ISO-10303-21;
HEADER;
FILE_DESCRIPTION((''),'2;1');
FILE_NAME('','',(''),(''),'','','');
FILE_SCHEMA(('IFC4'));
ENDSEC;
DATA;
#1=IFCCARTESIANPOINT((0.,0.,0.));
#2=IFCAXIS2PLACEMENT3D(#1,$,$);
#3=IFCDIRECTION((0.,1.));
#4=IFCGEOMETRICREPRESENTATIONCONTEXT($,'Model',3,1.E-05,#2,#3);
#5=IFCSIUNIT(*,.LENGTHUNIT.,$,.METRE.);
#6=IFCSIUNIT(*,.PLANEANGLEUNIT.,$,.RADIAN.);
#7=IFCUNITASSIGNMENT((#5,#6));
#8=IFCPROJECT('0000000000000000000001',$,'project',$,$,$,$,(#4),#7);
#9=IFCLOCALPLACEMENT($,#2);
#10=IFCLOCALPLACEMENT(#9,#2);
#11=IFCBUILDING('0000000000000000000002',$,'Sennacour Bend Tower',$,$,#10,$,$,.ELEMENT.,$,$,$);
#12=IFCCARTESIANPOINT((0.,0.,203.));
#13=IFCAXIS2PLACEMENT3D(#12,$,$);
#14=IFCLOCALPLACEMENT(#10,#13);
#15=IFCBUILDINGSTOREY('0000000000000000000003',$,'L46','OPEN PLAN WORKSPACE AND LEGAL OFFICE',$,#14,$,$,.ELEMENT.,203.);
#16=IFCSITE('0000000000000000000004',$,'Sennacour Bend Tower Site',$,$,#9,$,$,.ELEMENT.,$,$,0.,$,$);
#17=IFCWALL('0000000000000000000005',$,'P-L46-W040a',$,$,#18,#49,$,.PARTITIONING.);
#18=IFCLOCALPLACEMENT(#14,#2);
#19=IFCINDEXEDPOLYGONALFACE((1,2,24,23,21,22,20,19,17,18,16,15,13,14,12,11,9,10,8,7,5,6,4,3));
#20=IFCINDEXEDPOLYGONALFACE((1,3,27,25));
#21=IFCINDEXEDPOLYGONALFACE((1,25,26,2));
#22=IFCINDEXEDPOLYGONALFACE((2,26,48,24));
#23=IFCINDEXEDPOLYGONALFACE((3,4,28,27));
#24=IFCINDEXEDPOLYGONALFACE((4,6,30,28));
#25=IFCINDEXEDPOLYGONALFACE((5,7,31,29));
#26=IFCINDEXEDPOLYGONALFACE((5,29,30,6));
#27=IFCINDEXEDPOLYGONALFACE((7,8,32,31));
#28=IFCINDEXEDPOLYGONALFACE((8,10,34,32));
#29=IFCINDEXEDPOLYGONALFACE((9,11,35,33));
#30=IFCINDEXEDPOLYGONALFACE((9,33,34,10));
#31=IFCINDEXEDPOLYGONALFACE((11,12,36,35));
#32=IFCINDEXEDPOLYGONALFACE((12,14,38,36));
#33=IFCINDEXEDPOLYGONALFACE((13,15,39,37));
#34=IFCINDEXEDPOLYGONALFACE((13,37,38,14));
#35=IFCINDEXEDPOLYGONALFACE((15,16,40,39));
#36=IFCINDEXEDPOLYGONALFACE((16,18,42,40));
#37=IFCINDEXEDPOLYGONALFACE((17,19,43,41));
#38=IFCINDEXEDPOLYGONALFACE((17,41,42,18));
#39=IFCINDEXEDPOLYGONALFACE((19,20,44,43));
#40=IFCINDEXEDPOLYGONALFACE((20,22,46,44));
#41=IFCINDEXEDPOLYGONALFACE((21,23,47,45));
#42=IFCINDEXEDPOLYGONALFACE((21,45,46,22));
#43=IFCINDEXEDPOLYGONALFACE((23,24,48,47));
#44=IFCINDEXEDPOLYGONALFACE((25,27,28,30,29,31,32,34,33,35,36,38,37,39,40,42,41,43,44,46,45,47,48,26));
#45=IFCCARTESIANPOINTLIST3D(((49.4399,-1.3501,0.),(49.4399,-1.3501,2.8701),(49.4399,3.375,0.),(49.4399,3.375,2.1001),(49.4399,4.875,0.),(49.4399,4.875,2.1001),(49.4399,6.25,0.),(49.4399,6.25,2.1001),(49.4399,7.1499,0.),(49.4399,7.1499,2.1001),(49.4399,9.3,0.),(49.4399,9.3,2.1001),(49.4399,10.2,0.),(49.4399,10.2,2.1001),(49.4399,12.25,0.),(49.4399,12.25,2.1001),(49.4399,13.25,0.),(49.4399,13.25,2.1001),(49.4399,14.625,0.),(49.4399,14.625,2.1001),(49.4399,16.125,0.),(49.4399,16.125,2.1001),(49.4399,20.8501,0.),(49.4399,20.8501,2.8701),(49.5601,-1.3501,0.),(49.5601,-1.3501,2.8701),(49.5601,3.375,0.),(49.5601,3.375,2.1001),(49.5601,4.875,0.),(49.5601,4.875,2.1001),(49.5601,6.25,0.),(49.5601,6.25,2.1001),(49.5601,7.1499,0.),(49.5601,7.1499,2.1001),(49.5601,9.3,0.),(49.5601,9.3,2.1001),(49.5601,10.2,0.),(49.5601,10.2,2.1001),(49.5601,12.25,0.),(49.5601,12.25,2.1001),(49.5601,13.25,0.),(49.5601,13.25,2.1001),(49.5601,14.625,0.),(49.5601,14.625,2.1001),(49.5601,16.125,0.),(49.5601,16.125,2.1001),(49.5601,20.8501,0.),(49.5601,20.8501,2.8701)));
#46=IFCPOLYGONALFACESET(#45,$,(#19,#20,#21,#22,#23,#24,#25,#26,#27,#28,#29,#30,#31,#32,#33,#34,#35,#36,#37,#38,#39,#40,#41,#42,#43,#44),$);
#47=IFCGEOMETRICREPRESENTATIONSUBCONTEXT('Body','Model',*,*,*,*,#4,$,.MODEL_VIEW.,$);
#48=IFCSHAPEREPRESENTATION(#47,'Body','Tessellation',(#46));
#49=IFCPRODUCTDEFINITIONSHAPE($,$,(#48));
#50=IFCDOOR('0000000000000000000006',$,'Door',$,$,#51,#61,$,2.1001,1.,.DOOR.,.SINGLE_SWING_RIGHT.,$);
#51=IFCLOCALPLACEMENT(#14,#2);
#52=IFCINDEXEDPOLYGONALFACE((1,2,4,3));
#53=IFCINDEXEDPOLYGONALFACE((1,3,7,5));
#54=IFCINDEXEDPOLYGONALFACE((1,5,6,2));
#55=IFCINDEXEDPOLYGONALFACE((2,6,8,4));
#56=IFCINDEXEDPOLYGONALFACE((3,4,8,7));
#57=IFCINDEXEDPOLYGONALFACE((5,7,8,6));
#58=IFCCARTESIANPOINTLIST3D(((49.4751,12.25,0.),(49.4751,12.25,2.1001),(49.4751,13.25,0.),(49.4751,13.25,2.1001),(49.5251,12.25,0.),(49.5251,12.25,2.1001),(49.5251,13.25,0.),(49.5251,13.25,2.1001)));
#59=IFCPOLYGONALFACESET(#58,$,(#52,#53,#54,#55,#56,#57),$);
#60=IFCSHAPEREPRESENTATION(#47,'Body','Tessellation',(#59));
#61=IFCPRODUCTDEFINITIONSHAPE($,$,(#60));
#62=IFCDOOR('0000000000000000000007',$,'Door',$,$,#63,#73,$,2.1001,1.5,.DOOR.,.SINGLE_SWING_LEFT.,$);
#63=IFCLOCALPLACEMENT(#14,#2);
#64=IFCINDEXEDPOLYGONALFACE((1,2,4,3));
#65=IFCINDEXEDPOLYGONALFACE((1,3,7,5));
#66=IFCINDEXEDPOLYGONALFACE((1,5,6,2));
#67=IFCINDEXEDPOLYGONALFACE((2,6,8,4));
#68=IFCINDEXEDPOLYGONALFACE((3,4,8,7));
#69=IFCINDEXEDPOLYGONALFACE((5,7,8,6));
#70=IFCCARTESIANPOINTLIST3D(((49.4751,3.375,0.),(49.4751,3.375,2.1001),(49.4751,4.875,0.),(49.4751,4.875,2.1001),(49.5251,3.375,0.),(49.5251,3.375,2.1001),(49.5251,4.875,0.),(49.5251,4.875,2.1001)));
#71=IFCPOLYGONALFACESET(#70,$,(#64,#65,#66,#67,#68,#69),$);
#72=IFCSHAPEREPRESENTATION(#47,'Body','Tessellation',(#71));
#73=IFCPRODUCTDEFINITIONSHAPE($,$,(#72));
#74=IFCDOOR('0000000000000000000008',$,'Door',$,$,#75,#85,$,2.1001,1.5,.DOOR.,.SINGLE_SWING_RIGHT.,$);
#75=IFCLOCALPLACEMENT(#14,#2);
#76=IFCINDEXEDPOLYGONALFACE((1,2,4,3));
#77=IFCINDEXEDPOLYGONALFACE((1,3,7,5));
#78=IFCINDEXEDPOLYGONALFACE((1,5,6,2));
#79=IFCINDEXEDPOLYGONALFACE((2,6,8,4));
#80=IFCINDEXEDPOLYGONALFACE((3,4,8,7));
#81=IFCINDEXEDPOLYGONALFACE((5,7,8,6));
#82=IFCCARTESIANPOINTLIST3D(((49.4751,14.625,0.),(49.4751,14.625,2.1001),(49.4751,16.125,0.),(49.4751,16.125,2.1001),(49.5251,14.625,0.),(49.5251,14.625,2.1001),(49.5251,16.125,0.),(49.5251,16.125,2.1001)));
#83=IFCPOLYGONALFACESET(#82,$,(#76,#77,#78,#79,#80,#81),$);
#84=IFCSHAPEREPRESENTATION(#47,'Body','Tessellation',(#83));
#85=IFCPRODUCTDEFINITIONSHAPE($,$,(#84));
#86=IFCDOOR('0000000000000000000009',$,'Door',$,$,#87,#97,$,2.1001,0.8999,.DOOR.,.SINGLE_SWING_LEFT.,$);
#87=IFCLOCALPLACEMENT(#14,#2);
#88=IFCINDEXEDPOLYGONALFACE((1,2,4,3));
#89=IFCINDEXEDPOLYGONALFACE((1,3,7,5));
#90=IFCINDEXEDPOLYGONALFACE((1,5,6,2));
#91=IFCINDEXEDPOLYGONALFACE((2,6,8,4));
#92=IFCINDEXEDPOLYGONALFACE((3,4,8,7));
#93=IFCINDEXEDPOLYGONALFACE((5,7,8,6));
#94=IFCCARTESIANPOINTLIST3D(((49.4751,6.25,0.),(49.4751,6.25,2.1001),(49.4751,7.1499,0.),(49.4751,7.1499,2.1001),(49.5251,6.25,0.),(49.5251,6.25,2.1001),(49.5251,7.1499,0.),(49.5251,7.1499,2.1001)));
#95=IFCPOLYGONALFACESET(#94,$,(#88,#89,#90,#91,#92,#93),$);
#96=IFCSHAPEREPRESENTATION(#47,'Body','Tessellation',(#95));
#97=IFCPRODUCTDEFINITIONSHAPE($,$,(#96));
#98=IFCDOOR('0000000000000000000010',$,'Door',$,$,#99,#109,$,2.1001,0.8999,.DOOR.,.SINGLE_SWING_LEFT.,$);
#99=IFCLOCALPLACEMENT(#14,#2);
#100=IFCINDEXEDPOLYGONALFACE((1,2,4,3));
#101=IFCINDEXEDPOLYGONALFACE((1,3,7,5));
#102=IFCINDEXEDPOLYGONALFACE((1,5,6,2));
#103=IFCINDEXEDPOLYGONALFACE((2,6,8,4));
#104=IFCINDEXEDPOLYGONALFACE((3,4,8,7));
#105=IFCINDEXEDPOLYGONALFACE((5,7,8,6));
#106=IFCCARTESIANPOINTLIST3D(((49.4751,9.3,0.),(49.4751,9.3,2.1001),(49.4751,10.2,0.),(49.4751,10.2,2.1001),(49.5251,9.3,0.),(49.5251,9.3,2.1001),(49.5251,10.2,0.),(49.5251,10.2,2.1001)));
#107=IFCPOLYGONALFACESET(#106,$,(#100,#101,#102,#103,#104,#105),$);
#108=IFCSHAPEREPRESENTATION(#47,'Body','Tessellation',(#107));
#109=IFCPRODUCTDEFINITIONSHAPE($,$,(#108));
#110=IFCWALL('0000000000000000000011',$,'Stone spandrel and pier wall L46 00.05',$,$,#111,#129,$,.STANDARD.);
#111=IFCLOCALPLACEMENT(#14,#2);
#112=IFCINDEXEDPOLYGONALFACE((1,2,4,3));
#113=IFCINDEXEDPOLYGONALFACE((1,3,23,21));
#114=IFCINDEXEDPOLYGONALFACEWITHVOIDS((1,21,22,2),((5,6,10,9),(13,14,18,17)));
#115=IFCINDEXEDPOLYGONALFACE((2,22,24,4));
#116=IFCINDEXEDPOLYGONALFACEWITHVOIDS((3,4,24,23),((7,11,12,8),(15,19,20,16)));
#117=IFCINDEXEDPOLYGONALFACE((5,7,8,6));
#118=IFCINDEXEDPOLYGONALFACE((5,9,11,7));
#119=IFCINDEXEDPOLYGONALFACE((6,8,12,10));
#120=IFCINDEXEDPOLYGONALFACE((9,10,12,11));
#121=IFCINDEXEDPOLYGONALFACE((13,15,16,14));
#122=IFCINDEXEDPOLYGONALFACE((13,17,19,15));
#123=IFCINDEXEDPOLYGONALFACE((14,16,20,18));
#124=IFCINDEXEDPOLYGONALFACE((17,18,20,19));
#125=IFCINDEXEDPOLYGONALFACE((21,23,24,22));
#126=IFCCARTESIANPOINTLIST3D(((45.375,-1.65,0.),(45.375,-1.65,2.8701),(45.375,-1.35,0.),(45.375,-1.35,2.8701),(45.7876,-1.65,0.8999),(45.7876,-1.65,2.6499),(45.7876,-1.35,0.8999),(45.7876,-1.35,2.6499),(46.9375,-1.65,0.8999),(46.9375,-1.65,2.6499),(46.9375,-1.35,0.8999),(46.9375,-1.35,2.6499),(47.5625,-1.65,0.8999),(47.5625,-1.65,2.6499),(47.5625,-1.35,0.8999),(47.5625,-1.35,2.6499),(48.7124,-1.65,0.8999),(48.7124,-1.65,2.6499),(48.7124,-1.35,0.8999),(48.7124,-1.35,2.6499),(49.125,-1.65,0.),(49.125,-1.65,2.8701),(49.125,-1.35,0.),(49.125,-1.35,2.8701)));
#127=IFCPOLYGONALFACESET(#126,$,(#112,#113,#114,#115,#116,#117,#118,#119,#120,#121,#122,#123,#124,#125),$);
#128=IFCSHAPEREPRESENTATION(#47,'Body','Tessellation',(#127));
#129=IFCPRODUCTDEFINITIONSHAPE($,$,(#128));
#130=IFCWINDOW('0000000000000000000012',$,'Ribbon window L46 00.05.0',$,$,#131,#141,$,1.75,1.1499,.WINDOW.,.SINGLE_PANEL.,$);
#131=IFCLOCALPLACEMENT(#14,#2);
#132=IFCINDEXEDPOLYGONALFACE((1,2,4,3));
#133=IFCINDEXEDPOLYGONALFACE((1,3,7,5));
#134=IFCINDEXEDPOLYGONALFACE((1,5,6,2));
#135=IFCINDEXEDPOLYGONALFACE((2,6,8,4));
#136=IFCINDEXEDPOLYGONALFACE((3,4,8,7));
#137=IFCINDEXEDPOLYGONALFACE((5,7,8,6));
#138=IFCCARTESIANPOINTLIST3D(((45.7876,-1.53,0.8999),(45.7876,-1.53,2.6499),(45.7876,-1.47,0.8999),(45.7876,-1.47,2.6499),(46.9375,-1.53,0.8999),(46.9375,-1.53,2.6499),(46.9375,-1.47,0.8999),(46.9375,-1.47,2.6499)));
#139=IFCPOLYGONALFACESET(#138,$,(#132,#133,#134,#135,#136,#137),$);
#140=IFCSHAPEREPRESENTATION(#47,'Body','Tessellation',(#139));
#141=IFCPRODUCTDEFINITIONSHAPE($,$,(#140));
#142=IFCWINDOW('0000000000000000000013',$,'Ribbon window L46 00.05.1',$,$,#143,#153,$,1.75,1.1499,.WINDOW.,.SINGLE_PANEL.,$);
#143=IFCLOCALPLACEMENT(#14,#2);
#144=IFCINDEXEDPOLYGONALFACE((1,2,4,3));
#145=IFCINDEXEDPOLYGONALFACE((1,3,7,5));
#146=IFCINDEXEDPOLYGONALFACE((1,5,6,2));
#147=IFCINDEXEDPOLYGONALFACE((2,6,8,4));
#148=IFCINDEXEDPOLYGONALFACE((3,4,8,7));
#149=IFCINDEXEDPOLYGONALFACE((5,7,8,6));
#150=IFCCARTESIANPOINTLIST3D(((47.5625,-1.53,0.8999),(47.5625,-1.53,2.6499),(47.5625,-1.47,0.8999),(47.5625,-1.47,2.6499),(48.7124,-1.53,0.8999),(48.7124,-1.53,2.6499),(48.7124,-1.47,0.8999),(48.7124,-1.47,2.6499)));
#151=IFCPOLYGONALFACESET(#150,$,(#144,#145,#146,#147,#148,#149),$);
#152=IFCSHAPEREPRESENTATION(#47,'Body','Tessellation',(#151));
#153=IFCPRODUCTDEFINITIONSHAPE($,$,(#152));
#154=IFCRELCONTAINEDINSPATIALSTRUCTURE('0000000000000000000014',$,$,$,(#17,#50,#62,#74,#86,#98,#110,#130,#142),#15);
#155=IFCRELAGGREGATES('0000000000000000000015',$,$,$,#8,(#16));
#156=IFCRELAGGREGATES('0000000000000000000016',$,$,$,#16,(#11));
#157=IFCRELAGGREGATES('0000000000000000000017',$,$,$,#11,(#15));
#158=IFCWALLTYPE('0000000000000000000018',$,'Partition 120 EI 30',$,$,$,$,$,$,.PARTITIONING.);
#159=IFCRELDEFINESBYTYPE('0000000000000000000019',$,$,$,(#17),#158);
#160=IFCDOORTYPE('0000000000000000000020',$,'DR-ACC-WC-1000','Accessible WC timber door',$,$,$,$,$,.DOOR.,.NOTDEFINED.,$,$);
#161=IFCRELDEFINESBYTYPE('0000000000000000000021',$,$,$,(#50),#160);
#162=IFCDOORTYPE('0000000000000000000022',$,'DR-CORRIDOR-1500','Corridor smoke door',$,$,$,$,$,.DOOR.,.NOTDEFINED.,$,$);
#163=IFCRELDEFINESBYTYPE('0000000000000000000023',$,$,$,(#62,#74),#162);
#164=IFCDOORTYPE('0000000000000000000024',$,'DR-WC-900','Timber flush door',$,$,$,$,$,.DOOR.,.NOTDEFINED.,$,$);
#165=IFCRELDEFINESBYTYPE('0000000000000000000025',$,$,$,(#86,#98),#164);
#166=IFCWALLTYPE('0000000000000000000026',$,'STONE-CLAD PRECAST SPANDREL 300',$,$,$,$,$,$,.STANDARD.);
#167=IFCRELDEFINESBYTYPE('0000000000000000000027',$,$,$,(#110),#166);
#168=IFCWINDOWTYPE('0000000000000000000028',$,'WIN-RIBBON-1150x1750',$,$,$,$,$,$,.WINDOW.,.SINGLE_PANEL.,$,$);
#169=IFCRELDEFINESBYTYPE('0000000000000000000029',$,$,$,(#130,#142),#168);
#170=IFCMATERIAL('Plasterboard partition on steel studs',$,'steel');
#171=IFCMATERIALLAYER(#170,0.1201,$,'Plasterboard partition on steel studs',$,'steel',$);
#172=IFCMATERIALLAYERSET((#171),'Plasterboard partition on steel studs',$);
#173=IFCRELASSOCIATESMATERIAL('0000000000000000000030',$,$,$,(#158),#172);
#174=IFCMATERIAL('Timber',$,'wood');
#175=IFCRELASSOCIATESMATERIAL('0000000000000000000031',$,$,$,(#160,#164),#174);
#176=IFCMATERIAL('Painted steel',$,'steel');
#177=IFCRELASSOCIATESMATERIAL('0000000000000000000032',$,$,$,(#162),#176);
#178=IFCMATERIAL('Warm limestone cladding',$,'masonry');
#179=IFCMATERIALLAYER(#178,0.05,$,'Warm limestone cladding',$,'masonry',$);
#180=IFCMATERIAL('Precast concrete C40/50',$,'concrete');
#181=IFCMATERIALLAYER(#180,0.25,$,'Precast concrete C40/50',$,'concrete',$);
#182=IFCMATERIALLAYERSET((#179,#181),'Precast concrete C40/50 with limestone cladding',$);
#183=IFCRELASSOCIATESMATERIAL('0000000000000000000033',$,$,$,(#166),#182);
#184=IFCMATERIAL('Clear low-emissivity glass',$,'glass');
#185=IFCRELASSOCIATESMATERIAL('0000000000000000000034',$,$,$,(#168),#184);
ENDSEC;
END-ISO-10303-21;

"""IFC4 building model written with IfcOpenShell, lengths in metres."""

from ifc_helpers import new_model, si_unit, direction, frame, frame_2d, origin, place, context, subcontext, project, spatial, rectangle, extrude, material, layer, layer_set, type_object, element, fill, save


model = new_model("IFC4")

# Units and contexts
model_context = context("Model", 3, precision=1e-05, world=origin(), true_north=direction((0.0, 1.0)))
body_context = subcontext(model_context, "Body", "Model", "MODEL_VIEW")
ifc_project = project(units=[si_unit("LENGTHUNIT", "METRE"), si_unit("PLANEANGLEUNIT", "RADIAN")], contexts=[model_context])

# Site, building, storey
site_placement = place(None, origin())
site = spatial("IfcSite", under=ifc_project, at=site_placement, Name="Sennacour Bend Tower Site", CompositionType="ELEMENT", RefElevation=0.0)
building_placement = place(site_placement, origin())
building = spatial("IfcBuilding", under=site, at=building_placement, Name="Sennacour Bend Tower", CompositionType="ELEMENT")
storey_placement = place(building_placement, frame((0.0, 0.0, 203.0)))
storey = spatial("IfcBuildingStorey", under=building, at=storey_placement, Name="L46", Description="OPEN PLAN WORKSPACE AND LEGAL OFFICE", CompositionType="ELEMENT", Elevation=203.0)

# Shared definitions
ifc_material_1 = material(Name="Plasterboard partition on steel studs", Category="steel")

# Wall, openings, doors
ifc_layer_1 = layer(ifc_material_1, 0.1201, Name="Plasterboard partition on steel studs", Category="steel")
ifc_layer_set_1 = layer_set([ifc_layer_1], Name="Plasterboard partition on steel studs")
wall_type_1 = type_object("IfcWallType", Name="Partition 120 EI 30", PredefinedType="PARTITIONING", material=ifc_layer_set_1)
wall_1_placement = place(storey_placement, frame((49.5, -1.3501, 0.0), z_axis=(0.0, 0.0, 1.0), x_axis=(0.0, 1.0, 0.0)))
wall_1 = element("IfcWall", 1, at=wall_1_placement, inside=storey, type_object=wall_type_1, Name="P-L46-W040a", PredefinedType="PARTITIONING", context=body_context, shape_type="SweptSolid", body=[
    extrude(rectangle(XDim=22.2002, YDim=0.1201, at=frame_2d((11.1001, 0.0))), origin(), (0.0, 0.0, 1.0), 2.8701),
])
opening_1_placement = place(wall_1_placement, frame((4.7251, 0.0, 0.0)))
opening_1 = element("IfcOpeningElement", 2, at=opening_1_placement, cuts=wall_1, PredefinedType="OPENING", context=body_context, shape_type="SweptSolid", body=[
    extrude(rectangle(XDim=1.5, YDim=2.1001, at=frame_2d((0.75, 1.05))), frame((0.0, 0.0701, 0.0), z_axis=(0.0, -1.0, 0.0), x_axis=(1.0, 0.0, 0.0)), (0.0, 0.0, 1.0), 0.1401),
])
opening_2_placement = place(wall_1_placement, frame((15.9751, 0.0, 0.0)))
opening_2 = element("IfcOpeningElement", 3, at=opening_2_placement, cuts=wall_1, PredefinedType="OPENING", context=body_context, shape_type="SweptSolid", body=[
    extrude(rectangle(XDim=1.5, YDim=2.1001, at=frame_2d((0.75, 1.05))), frame((0.0, 0.0701, 0.0), z_axis=(0.0, -1.0, 0.0), x_axis=(1.0, 0.0, 0.0)), (0.0, 0.0, 1.0), 0.1401),
])
opening_3_placement = place(wall_1_placement, frame((7.6001, 0.0, 0.0)))
opening_3 = element("IfcOpeningElement", 4, at=opening_3_placement, cuts=wall_1, PredefinedType="OPENING", context=body_context, shape_type="SweptSolid", body=[
    extrude(rectangle(XDim=0.8999, YDim=2.1001, at=frame_2d((0.45, 1.05))), frame((0.0, 0.0701, 0.0), z_axis=(0.0, -1.0, 0.0), x_axis=(1.0, 0.0, 0.0)), (0.0, 0.0, 1.0), 0.1401),
])
opening_4_placement = place(wall_1_placement, frame((10.6501, 0.0, 0.0)))
opening_4 = element("IfcOpeningElement", 5, at=opening_4_placement, cuts=wall_1, PredefinedType="OPENING", context=body_context, shape_type="SweptSolid", body=[
    extrude(rectangle(XDim=0.8999, YDim=2.1001, at=frame_2d((0.45, 1.05))), frame((0.0, 0.0701, 0.0), z_axis=(0.0, -1.0, 0.0), x_axis=(1.0, 0.0, 0.0)), (0.0, 0.0, 1.0), 0.1401),
])
opening_5_placement = place(wall_1_placement, frame((13.6001, 0.0, 0.0)))
opening_5 = element("IfcOpeningElement", 6, at=opening_5_placement, cuts=wall_1, PredefinedType="OPENING", context=body_context, shape_type="SweptSolid", body=[
    extrude(rectangle(XDim=1.0, YDim=2.1001, at=frame_2d((0.5, 1.05))), frame((0.0, 0.0701, 0.0), z_axis=(0.0, -1.0, 0.0), x_axis=(1.0, 0.0, 0.0)), (0.0, 0.0, 1.0), 0.1401),
])
ifc_material_2 = material(Name="Timber", Category="wood")
door_type_1 = type_object("IfcDoorType", Name="DR-ACC-WC-1000", Description="Accessible WC timber door", OperationType="NOTDEFINED", PredefinedType="DOOR", material=ifc_material_2)
door_1_placement = place(opening_5_placement, origin())
door_1 = element("IfcDoor", 7, at=door_1_placement, inside=storey, type_object=door_type_1, Name="Door", OperationType="SINGLE_SWING_RIGHT", OverallHeight=2.1001, OverallWidth=1.0, PredefinedType="DOOR", context=body_context, shape_type="SweptSolid", body=[
    extrude(rectangle(XDim=1.0, YDim=2.1001, at=frame_2d((0.5, 1.05))), frame((0.0, 0.0249, 0.0), z_axis=(0.0, -1.0, 0.0), x_axis=(1.0, 0.0, 0.0)), (0.0, 0.0, 1.0), 0.05),
])
fill(opening_5, door_1)
ifc_material_3 = material(Name="Painted steel", Category="steel")
door_type_2 = type_object("IfcDoorType", Name="DR-CORRIDOR-1500", Description="Corridor smoke door", OperationType="NOTDEFINED", PredefinedType="DOOR", material=ifc_material_3)
door_2_placement = place(opening_1_placement, origin())
door_2 = element("IfcDoor", 8, at=door_2_placement, inside=storey, type_object=door_type_2, Name="Door", OperationType="SINGLE_SWING_LEFT", OverallHeight=2.1001, OverallWidth=1.5, PredefinedType="DOOR", context=body_context, shape_type="SweptSolid", body=[
    extrude(rectangle(XDim=1.5, YDim=2.1001, at=frame_2d((0.75, 1.05))), frame((0.0, 0.0249, 0.0), z_axis=(0.0, -1.0, 0.0), x_axis=(1.0, 0.0, 0.0)), (0.0, 0.0, 1.0), 0.05),
])
fill(opening_1, door_2)
door_3_placement = place(opening_2_placement, origin())
door_3 = element("IfcDoor", 9, at=door_3_placement, inside=storey, type_object=door_type_2, Name="Door", OperationType="SINGLE_SWING_RIGHT", OverallHeight=2.1001, OverallWidth=1.5, PredefinedType="DOOR", context=body_context, shape_type="SweptSolid", body=[
    extrude(rectangle(XDim=1.5, YDim=2.1001, at=frame_2d((0.75, 1.05))), frame((0.0, 0.0249, 0.0), z_axis=(0.0, -1.0, 0.0), x_axis=(1.0, 0.0, 0.0)), (0.0, 0.0, 1.0), 0.05),
])
fill(opening_2, door_3)
door_type_3 = type_object("IfcDoorType", Name="DR-WC-900", Description="Timber flush door", OperationType="NOTDEFINED", PredefinedType="DOOR", material=ifc_material_2)
door_4_placement = place(opening_3_placement, origin())
door_4 = element("IfcDoor", 10, at=door_4_placement, inside=storey, type_object=door_type_3, Name="Door", OperationType="SINGLE_SWING_LEFT", OverallHeight=2.1001, OverallWidth=0.8999, PredefinedType="DOOR", context=body_context, shape_type="SweptSolid", body=[
    extrude(rectangle(XDim=0.8999, YDim=2.1001, at=frame_2d((0.45, 1.05))), frame((0.0, 0.0249, 0.0), z_axis=(0.0, -1.0, 0.0), x_axis=(1.0, 0.0, 0.0)), (0.0, 0.0, 1.0), 0.05),
])
fill(opening_3, door_4)
door_5_placement = place(opening_4_placement, origin())
door_5 = element("IfcDoor", 11, at=door_5_placement, inside=storey, type_object=door_type_3, Name="Door", OperationType="SINGLE_SWING_LEFT", OverallHeight=2.1001, OverallWidth=0.8999, PredefinedType="DOOR", context=body_context, shape_type="SweptSolid", body=[
    extrude(rectangle(XDim=0.8999, YDim=2.1001, at=frame_2d((0.45, 1.05))), frame((0.0, 0.0249, 0.0), z_axis=(0.0, -1.0, 0.0), x_axis=(1.0, 0.0, 0.0)), (0.0, 0.0, 1.0), 0.05),
])
fill(opening_4, door_5)

# Wall, openings, windows
ifc_material_4 = material(Name="Warm limestone cladding", Category="masonry")
ifc_layer_2 = layer(ifc_material_4, 0.05, Name="Warm limestone cladding", Category="masonry")
ifc_material_5 = material(Name="Precast concrete C40/50", Category="concrete")
ifc_layer_3 = layer(ifc_material_5, 0.25, Name="Precast concrete C40/50", Category="concrete")
ifc_layer_set_2 = layer_set([ifc_layer_2, ifc_layer_3], Name="Precast concrete C40/50 with limestone cladding")
wall_type_2 = type_object("IfcWallType", Name="STONE-CLAD PRECAST SPANDREL 300", PredefinedType="STANDARD", material=ifc_layer_set_2)
wall_2_placement = place(storey_placement, frame((45.375, -1.5, 0.0), z_axis=(0.0, 0.0, 1.0), x_axis=(1.0, 0.0, 0.0)))
wall_2 = element("IfcWall", 12, at=wall_2_placement, inside=storey, type_object=wall_type_2, Name="Stone spandrel and pier wall L46 00.05", PredefinedType="STANDARD", context=body_context, shape_type="SweptSolid", body=[
    extrude(rectangle(XDim=3.75, YDim=0.3, at=frame_2d((1.875, 0.0))), origin(), (0.0, 0.0, 1.0), 2.8701),
])
opening_6_placement = place(wall_2_placement, frame((0.4126, 0.0, 0.8999)))
opening_6 = element("IfcOpeningElement", 13, at=opening_6_placement, cuts=wall_2, PredefinedType="OPENING", context=body_context, shape_type="SweptSolid", body=[
    extrude(rectangle(XDim=1.1499, YDim=1.75, at=frame_2d((0.575, 0.875))), frame((0.0, 0.1602, 0.0), z_axis=(0.0, -1.0, 0.0), x_axis=(1.0, 0.0, 0.0)), (0.0, 0.0, 1.0), 0.3201),
])
opening_7_placement = place(wall_2_placement, frame((2.1875, 0.0, 0.8999)))
opening_7 = element("IfcOpeningElement", 14, at=opening_7_placement, cuts=wall_2, PredefinedType="OPENING", context=body_context, shape_type="SweptSolid", body=[
    extrude(rectangle(XDim=1.1499, YDim=1.75, at=frame_2d((0.575, 0.875))), frame((0.0, 0.1602, 0.0), z_axis=(0.0, -1.0, 0.0), x_axis=(1.0, 0.0, 0.0)), (0.0, 0.0, 1.0), 0.3201),
])
ifc_material_6 = material(Name="Clear low-emissivity glass", Category="glass")
window_type = type_object("IfcWindowType", Name="WIN-RIBBON-1150x1750", PartitioningType="SINGLE_PANEL", PredefinedType="WINDOW", material=ifc_material_6)
window_1_placement = place(opening_6_placement, origin())
window_1 = element("IfcWindow", 15, at=window_1_placement, inside=storey, type_object=window_type, Name="Ribbon window L46 00.05.0", OverallHeight=1.75, OverallWidth=1.1499, PartitioningType="SINGLE_PANEL", PredefinedType="WINDOW", context=body_context, shape_type="SweptSolid", body=[
    extrude(rectangle(XDim=1.1499, YDim=1.75, at=frame_2d((0.575, 0.875))), frame((0.0, 0.03, 0.0), z_axis=(0.0, -1.0, 0.0), x_axis=(1.0, 0.0, 0.0)), (0.0, 0.0, 1.0), 0.0601),
])
fill(opening_6, window_1)
window_2_placement = place(opening_7_placement, origin())
window_2 = element("IfcWindow", 16, at=window_2_placement, inside=storey, type_object=window_type, Name="Ribbon window L46 00.05.1", OverallHeight=1.75, OverallWidth=1.1499, PartitioningType="SINGLE_PANEL", PredefinedType="WINDOW", context=body_context, shape_type="SweptSolid", body=[
    extrude(rectangle(XDim=1.1499, YDim=1.75, at=frame_2d((0.575, 0.875))), frame((0.0, 0.03, 0.0), z_axis=(0.0, -1.0, 0.0), x_axis=(1.0, 0.0, 0.0)), (0.0, 0.0, 1.0), 0.0601),
])
fill(opening_7, window_2)

save(model, "model.ifc")
